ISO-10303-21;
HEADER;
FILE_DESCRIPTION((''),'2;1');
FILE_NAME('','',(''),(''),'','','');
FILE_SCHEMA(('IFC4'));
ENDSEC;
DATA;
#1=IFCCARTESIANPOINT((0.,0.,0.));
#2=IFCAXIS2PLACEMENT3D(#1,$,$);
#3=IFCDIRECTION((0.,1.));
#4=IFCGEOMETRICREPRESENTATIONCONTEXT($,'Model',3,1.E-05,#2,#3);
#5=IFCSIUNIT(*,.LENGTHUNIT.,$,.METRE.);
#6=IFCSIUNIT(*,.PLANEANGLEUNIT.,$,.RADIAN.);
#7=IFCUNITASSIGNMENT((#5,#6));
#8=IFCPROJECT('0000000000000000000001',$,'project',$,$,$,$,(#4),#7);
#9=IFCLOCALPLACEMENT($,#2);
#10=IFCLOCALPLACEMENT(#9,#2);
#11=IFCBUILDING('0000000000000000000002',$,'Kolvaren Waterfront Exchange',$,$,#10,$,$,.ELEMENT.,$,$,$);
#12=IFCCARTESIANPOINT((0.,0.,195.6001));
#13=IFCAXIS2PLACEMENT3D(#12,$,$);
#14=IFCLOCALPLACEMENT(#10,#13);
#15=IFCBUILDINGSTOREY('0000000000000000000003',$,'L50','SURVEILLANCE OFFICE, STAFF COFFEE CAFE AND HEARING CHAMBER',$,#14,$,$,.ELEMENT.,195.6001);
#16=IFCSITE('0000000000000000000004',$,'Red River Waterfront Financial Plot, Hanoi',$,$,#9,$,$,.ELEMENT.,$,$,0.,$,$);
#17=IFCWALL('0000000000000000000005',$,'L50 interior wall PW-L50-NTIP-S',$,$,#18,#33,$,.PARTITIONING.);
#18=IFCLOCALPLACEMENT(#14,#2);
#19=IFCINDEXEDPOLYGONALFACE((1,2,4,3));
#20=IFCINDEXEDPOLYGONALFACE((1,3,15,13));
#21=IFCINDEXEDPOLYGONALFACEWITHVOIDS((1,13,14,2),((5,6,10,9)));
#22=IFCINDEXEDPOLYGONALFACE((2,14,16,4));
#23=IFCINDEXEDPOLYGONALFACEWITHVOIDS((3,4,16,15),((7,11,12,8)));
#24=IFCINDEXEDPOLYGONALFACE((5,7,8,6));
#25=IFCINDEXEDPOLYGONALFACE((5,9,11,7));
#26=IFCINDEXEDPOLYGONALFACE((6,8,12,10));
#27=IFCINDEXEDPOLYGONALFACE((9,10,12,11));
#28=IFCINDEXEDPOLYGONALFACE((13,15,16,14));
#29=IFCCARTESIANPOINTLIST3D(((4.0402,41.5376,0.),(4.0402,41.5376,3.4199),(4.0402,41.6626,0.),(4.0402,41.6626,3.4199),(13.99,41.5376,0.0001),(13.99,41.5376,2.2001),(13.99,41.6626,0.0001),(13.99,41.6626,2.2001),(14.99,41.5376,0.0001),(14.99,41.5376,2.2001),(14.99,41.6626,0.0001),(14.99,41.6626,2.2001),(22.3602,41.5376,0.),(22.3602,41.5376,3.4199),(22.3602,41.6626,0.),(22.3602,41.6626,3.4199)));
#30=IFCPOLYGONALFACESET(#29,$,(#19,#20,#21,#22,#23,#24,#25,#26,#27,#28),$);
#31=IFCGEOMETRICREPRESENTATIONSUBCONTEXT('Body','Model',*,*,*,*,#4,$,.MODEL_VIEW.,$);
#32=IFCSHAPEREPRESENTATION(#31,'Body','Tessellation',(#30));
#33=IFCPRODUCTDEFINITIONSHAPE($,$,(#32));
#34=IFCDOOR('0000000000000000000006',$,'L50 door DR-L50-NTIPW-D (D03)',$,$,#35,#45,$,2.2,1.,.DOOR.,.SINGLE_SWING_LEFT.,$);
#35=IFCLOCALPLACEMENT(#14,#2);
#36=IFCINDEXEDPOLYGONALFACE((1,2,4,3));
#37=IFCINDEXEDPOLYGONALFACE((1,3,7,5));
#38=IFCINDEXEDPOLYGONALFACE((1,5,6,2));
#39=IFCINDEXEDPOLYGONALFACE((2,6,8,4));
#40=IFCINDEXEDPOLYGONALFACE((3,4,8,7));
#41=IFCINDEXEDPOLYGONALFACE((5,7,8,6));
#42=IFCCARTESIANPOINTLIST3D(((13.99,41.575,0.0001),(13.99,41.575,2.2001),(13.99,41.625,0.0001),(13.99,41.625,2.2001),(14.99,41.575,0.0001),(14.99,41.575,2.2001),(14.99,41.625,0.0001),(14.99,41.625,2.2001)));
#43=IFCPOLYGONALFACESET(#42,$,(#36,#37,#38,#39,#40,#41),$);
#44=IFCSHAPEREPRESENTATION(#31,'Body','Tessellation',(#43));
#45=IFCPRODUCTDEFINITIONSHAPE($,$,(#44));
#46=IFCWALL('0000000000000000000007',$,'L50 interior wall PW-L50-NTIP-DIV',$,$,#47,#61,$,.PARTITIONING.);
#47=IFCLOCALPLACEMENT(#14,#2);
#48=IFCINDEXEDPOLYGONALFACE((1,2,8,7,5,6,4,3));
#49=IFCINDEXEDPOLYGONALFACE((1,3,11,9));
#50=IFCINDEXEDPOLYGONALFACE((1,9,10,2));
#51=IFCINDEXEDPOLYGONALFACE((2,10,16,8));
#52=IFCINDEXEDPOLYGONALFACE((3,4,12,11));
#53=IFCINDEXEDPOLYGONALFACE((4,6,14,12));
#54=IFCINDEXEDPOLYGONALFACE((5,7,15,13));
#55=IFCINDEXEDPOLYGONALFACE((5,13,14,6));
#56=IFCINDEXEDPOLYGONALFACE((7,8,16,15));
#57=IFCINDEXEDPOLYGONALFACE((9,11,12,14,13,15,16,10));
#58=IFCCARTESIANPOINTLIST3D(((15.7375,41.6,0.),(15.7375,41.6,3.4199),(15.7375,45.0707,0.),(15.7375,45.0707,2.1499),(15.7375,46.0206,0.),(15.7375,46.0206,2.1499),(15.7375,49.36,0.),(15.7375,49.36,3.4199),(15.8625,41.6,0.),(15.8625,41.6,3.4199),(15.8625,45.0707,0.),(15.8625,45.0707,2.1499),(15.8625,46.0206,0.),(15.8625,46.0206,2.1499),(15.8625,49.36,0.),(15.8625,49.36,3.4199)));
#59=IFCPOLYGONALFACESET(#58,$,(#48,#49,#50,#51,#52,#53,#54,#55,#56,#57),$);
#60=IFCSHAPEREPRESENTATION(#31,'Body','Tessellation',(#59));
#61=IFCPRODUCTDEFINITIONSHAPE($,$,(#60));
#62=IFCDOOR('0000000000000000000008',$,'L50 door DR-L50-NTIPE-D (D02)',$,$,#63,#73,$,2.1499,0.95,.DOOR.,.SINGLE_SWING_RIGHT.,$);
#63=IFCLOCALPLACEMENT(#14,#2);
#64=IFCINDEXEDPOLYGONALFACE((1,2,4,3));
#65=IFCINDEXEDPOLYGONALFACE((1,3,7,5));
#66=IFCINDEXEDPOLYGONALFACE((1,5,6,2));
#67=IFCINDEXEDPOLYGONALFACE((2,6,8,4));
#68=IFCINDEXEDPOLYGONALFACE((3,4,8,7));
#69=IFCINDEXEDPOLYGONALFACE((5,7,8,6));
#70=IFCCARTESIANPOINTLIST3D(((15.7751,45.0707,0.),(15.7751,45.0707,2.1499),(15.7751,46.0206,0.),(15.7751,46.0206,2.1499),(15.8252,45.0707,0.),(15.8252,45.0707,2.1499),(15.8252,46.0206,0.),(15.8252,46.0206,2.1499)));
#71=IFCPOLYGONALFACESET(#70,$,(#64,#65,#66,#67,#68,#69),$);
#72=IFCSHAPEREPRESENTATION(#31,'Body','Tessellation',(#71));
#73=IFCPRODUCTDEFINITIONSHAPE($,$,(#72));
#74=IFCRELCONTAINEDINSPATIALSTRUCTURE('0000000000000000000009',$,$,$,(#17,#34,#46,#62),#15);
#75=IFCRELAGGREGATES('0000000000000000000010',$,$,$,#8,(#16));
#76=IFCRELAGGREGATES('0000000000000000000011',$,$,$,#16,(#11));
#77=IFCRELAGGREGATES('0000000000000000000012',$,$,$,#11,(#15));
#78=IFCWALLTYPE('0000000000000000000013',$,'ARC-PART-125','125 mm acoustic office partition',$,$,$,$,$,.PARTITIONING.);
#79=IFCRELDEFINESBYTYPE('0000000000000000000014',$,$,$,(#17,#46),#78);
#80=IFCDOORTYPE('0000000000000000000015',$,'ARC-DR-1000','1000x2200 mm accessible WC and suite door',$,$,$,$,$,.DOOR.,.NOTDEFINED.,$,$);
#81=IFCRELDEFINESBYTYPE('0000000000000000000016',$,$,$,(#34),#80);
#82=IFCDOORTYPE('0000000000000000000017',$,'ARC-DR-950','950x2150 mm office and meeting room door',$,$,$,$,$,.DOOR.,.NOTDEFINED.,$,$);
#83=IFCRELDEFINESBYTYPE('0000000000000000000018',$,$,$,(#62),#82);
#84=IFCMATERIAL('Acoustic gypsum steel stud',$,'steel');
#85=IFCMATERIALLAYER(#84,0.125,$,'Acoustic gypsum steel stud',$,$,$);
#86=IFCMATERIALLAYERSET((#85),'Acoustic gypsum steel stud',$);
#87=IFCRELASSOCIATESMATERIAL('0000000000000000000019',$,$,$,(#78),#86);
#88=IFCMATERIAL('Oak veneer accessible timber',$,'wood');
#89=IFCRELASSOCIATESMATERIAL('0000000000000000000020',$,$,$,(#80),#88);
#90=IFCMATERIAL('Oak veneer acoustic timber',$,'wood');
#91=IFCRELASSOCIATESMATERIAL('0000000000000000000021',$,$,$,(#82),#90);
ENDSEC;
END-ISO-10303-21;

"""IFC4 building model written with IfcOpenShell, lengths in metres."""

from ifc_helpers import new_model, si_unit, direction, frame, frame_2d, origin, place, context, subcontext, project, spatial, rectangle, extrude, material, layer, layer_set, type_object, element, fill, save


model = new_model("IFC4")

# Units and contexts
model_context = context("Model", 3, precision=1e-05, world=origin(), true_north=direction((0.0, 1.0)))
body_context = subcontext(model_context, "Body", "Model", "MODEL_VIEW")
ifc_project = project(units=[si_unit("LENGTHUNIT", "METRE"), si_unit("PLANEANGLEUNIT", "RADIAN")], contexts=[model_context])

# Site, building, storey
site_placement = place(None, origin())
site = spatial("IfcSite", under=ifc_project, at=site_placement, Name="Red River Waterfront Financial Plot, Hanoi", CompositionType="ELEMENT", RefElevation=0.0)
building_placement = place(site_placement, origin())
building = spatial("IfcBuilding", under=site, at=building_placement, Name="Kolvaren Waterfront Exchange", CompositionType="ELEMENT")
storey_placement = place(building_placement, frame((0.0, 0.0, 195.6001)))
storey = spatial("IfcBuildingStorey", under=building, at=storey_placement, Name="L50", Description="SURVEILLANCE OFFICE, STAFF COFFEE CAFE AND HEARING CHAMBER", CompositionType="ELEMENT", Elevation=195.6001)

# Walls, openings, doors
ifc_material_1 = material(Name="Acoustic gypsum steel stud", Category="steel")
ifc_layer_1 = layer(ifc_material_1, 0.125, Name="Acoustic gypsum steel stud")
ifc_layer_set_1 = layer_set([ifc_layer_1], Name="Acoustic gypsum steel stud")
wall_type_1 = type_object("IfcWallType", Name="ARC-PART-125", Description="125 mm acoustic office partition", PredefinedType="PARTITIONING", material=ifc_layer_set_1)
wall_1_placement = place(storey_placement, frame((4.04, 41.6001, 0.0), z_axis=(0.0, 0.0, 1.0), x_axis=(1.0, 0.0, 0.0)))
wall_1 = element("IfcWall", 1, at=wall_1_placement, inside=storey, type_object=wall_type_1, Name="L50 interior wall PW-L50-NTIP-S", PredefinedType="PARTITIONING", context=body_context, shape_type="SweptSolid", body=[
    extrude(rectangle(XDim=18.3201, YDim=0.125, at=frame_2d((9.1602, 0.0))), origin(), (0.0, 0.0, 1.0), 3.4199),
])
opening_1_placement = place(wall_1_placement, frame((9.95, 0.0, 0.0)))
opening_1 = element("IfcOpeningElement", 2, at=opening_1_placement, cuts=wall_1, PredefinedType="OPENING", context=body_context, shape_type="SweptSolid", body=[
    extrude(rectangle(XDim=1.0, YDim=2.2, at=frame_2d((0.5, 1.1001))), frame((0.0, 0.0725, 0.0), z_axis=(0.0, -1.0, 0.0), x_axis=(1.0, 0.0, 0.0)), (0.0, 0.0, 1.0), 0.145),
])
ifc_material_2 = material(Name="Oak veneer accessible timber", Category="wood")
door_type_1 = type_object("IfcDoorType", Name="ARC-DR-1000", Description="1000x2200 mm accessible WC and suite door", OperationType="NOTDEFINED", PredefinedType="DOOR", material=ifc_material_2)
door_1_placement = place(opening_1_placement, origin())
door_1 = element("IfcDoor", 3, at=door_1_placement, inside=storey, type_object=door_type_1, Name="L50 door DR-L50-NTIPW-D (D03)", OperationType="SINGLE_SWING_LEFT", OverallHeight=2.2, OverallWidth=1.0, PredefinedType="DOOR", context=body_context, shape_type="SweptSolid", body=[
    extrude(rectangle(XDim=1.0, YDim=2.2, at=frame_2d((0.5, 1.1001))), frame((0.0, 0.0249, 0.0), z_axis=(0.0, -1.0, 0.0), x_axis=(1.0, 0.0, 0.0)), (0.0, 0.0, 1.0), 0.05),
])
fill(opening_1, door_1)
wall_2_placement = place(storey_placement, frame((15.8, 41.6001, 0.0), z_axis=(0.0, 0.0, 1.0), x_axis=(0.0, 1.0, 0.0)))
wall_2 = element("IfcWall", 4, at=wall_2_placement, inside=storey, type_object=wall_type_1, Name="L50 interior wall PW-L50-NTIP-DIV", PredefinedType="PARTITIONING", context=body_context, shape_type="SweptSolid", body=[
    extrude(rectangle(XDim=7.76, YDim=0.125, at=frame_2d((3.8799, 0.0))), origin(), (0.0, 0.0, 1.0), 3.4199),
])
opening_2_placement = place(wall_2_placement, frame((3.4705, 0.0, 0.0)))
opening_2 = element("IfcOpeningElement", 5, at=opening_2_placement, cuts=wall_2, PredefinedType="OPENING", context=body_context, shape_type="SweptSolid", body=[
    extrude(rectangle(XDim=0.95, YDim=2.1499, at=frame_2d((0.4751, 1.075))), frame((0.0, 0.0725, 0.0), z_axis=(0.0, -1.0, 0.0), x_axis=(1.0, 0.0, 0.0)), (0.0, 0.0, 1.0), 0.145),
])
ifc_material_3 = material(Name="Oak veneer acoustic timber", Category="wood")
door_type_2 = type_object("IfcDoorType", Name="ARC-DR-950", Description="950x2150 mm office and meeting room door", OperationType="NOTDEFINED", PredefinedType="DOOR", material=ifc_material_3)
door_2_placement = place(opening_2_placement, origin())
door_2 = element("IfcDoor", 6, at=door_2_placement, inside=storey, type_object=door_type_2, Name="L50 door DR-L50-NTIPE-D (D02)", OperationType="SINGLE_SWING_RIGHT", OverallHeight=2.1499, OverallWidth=0.95, PredefinedType="DOOR", context=body_context, shape_type="SweptSolid", body=[
    extrude(rectangle(XDim=0.95, YDim=2.1499, at=frame_2d((0.4751, 1.075))), frame((0.0, 0.0249, 0.0), z_axis=(0.0, -1.0, 0.0), x_axis=(1.0, 0.0, 0.0)), (0.0, 0.0, 1.0), 0.05),
])
fill(opening_2, door_2)

save(model, "model.ifc")
